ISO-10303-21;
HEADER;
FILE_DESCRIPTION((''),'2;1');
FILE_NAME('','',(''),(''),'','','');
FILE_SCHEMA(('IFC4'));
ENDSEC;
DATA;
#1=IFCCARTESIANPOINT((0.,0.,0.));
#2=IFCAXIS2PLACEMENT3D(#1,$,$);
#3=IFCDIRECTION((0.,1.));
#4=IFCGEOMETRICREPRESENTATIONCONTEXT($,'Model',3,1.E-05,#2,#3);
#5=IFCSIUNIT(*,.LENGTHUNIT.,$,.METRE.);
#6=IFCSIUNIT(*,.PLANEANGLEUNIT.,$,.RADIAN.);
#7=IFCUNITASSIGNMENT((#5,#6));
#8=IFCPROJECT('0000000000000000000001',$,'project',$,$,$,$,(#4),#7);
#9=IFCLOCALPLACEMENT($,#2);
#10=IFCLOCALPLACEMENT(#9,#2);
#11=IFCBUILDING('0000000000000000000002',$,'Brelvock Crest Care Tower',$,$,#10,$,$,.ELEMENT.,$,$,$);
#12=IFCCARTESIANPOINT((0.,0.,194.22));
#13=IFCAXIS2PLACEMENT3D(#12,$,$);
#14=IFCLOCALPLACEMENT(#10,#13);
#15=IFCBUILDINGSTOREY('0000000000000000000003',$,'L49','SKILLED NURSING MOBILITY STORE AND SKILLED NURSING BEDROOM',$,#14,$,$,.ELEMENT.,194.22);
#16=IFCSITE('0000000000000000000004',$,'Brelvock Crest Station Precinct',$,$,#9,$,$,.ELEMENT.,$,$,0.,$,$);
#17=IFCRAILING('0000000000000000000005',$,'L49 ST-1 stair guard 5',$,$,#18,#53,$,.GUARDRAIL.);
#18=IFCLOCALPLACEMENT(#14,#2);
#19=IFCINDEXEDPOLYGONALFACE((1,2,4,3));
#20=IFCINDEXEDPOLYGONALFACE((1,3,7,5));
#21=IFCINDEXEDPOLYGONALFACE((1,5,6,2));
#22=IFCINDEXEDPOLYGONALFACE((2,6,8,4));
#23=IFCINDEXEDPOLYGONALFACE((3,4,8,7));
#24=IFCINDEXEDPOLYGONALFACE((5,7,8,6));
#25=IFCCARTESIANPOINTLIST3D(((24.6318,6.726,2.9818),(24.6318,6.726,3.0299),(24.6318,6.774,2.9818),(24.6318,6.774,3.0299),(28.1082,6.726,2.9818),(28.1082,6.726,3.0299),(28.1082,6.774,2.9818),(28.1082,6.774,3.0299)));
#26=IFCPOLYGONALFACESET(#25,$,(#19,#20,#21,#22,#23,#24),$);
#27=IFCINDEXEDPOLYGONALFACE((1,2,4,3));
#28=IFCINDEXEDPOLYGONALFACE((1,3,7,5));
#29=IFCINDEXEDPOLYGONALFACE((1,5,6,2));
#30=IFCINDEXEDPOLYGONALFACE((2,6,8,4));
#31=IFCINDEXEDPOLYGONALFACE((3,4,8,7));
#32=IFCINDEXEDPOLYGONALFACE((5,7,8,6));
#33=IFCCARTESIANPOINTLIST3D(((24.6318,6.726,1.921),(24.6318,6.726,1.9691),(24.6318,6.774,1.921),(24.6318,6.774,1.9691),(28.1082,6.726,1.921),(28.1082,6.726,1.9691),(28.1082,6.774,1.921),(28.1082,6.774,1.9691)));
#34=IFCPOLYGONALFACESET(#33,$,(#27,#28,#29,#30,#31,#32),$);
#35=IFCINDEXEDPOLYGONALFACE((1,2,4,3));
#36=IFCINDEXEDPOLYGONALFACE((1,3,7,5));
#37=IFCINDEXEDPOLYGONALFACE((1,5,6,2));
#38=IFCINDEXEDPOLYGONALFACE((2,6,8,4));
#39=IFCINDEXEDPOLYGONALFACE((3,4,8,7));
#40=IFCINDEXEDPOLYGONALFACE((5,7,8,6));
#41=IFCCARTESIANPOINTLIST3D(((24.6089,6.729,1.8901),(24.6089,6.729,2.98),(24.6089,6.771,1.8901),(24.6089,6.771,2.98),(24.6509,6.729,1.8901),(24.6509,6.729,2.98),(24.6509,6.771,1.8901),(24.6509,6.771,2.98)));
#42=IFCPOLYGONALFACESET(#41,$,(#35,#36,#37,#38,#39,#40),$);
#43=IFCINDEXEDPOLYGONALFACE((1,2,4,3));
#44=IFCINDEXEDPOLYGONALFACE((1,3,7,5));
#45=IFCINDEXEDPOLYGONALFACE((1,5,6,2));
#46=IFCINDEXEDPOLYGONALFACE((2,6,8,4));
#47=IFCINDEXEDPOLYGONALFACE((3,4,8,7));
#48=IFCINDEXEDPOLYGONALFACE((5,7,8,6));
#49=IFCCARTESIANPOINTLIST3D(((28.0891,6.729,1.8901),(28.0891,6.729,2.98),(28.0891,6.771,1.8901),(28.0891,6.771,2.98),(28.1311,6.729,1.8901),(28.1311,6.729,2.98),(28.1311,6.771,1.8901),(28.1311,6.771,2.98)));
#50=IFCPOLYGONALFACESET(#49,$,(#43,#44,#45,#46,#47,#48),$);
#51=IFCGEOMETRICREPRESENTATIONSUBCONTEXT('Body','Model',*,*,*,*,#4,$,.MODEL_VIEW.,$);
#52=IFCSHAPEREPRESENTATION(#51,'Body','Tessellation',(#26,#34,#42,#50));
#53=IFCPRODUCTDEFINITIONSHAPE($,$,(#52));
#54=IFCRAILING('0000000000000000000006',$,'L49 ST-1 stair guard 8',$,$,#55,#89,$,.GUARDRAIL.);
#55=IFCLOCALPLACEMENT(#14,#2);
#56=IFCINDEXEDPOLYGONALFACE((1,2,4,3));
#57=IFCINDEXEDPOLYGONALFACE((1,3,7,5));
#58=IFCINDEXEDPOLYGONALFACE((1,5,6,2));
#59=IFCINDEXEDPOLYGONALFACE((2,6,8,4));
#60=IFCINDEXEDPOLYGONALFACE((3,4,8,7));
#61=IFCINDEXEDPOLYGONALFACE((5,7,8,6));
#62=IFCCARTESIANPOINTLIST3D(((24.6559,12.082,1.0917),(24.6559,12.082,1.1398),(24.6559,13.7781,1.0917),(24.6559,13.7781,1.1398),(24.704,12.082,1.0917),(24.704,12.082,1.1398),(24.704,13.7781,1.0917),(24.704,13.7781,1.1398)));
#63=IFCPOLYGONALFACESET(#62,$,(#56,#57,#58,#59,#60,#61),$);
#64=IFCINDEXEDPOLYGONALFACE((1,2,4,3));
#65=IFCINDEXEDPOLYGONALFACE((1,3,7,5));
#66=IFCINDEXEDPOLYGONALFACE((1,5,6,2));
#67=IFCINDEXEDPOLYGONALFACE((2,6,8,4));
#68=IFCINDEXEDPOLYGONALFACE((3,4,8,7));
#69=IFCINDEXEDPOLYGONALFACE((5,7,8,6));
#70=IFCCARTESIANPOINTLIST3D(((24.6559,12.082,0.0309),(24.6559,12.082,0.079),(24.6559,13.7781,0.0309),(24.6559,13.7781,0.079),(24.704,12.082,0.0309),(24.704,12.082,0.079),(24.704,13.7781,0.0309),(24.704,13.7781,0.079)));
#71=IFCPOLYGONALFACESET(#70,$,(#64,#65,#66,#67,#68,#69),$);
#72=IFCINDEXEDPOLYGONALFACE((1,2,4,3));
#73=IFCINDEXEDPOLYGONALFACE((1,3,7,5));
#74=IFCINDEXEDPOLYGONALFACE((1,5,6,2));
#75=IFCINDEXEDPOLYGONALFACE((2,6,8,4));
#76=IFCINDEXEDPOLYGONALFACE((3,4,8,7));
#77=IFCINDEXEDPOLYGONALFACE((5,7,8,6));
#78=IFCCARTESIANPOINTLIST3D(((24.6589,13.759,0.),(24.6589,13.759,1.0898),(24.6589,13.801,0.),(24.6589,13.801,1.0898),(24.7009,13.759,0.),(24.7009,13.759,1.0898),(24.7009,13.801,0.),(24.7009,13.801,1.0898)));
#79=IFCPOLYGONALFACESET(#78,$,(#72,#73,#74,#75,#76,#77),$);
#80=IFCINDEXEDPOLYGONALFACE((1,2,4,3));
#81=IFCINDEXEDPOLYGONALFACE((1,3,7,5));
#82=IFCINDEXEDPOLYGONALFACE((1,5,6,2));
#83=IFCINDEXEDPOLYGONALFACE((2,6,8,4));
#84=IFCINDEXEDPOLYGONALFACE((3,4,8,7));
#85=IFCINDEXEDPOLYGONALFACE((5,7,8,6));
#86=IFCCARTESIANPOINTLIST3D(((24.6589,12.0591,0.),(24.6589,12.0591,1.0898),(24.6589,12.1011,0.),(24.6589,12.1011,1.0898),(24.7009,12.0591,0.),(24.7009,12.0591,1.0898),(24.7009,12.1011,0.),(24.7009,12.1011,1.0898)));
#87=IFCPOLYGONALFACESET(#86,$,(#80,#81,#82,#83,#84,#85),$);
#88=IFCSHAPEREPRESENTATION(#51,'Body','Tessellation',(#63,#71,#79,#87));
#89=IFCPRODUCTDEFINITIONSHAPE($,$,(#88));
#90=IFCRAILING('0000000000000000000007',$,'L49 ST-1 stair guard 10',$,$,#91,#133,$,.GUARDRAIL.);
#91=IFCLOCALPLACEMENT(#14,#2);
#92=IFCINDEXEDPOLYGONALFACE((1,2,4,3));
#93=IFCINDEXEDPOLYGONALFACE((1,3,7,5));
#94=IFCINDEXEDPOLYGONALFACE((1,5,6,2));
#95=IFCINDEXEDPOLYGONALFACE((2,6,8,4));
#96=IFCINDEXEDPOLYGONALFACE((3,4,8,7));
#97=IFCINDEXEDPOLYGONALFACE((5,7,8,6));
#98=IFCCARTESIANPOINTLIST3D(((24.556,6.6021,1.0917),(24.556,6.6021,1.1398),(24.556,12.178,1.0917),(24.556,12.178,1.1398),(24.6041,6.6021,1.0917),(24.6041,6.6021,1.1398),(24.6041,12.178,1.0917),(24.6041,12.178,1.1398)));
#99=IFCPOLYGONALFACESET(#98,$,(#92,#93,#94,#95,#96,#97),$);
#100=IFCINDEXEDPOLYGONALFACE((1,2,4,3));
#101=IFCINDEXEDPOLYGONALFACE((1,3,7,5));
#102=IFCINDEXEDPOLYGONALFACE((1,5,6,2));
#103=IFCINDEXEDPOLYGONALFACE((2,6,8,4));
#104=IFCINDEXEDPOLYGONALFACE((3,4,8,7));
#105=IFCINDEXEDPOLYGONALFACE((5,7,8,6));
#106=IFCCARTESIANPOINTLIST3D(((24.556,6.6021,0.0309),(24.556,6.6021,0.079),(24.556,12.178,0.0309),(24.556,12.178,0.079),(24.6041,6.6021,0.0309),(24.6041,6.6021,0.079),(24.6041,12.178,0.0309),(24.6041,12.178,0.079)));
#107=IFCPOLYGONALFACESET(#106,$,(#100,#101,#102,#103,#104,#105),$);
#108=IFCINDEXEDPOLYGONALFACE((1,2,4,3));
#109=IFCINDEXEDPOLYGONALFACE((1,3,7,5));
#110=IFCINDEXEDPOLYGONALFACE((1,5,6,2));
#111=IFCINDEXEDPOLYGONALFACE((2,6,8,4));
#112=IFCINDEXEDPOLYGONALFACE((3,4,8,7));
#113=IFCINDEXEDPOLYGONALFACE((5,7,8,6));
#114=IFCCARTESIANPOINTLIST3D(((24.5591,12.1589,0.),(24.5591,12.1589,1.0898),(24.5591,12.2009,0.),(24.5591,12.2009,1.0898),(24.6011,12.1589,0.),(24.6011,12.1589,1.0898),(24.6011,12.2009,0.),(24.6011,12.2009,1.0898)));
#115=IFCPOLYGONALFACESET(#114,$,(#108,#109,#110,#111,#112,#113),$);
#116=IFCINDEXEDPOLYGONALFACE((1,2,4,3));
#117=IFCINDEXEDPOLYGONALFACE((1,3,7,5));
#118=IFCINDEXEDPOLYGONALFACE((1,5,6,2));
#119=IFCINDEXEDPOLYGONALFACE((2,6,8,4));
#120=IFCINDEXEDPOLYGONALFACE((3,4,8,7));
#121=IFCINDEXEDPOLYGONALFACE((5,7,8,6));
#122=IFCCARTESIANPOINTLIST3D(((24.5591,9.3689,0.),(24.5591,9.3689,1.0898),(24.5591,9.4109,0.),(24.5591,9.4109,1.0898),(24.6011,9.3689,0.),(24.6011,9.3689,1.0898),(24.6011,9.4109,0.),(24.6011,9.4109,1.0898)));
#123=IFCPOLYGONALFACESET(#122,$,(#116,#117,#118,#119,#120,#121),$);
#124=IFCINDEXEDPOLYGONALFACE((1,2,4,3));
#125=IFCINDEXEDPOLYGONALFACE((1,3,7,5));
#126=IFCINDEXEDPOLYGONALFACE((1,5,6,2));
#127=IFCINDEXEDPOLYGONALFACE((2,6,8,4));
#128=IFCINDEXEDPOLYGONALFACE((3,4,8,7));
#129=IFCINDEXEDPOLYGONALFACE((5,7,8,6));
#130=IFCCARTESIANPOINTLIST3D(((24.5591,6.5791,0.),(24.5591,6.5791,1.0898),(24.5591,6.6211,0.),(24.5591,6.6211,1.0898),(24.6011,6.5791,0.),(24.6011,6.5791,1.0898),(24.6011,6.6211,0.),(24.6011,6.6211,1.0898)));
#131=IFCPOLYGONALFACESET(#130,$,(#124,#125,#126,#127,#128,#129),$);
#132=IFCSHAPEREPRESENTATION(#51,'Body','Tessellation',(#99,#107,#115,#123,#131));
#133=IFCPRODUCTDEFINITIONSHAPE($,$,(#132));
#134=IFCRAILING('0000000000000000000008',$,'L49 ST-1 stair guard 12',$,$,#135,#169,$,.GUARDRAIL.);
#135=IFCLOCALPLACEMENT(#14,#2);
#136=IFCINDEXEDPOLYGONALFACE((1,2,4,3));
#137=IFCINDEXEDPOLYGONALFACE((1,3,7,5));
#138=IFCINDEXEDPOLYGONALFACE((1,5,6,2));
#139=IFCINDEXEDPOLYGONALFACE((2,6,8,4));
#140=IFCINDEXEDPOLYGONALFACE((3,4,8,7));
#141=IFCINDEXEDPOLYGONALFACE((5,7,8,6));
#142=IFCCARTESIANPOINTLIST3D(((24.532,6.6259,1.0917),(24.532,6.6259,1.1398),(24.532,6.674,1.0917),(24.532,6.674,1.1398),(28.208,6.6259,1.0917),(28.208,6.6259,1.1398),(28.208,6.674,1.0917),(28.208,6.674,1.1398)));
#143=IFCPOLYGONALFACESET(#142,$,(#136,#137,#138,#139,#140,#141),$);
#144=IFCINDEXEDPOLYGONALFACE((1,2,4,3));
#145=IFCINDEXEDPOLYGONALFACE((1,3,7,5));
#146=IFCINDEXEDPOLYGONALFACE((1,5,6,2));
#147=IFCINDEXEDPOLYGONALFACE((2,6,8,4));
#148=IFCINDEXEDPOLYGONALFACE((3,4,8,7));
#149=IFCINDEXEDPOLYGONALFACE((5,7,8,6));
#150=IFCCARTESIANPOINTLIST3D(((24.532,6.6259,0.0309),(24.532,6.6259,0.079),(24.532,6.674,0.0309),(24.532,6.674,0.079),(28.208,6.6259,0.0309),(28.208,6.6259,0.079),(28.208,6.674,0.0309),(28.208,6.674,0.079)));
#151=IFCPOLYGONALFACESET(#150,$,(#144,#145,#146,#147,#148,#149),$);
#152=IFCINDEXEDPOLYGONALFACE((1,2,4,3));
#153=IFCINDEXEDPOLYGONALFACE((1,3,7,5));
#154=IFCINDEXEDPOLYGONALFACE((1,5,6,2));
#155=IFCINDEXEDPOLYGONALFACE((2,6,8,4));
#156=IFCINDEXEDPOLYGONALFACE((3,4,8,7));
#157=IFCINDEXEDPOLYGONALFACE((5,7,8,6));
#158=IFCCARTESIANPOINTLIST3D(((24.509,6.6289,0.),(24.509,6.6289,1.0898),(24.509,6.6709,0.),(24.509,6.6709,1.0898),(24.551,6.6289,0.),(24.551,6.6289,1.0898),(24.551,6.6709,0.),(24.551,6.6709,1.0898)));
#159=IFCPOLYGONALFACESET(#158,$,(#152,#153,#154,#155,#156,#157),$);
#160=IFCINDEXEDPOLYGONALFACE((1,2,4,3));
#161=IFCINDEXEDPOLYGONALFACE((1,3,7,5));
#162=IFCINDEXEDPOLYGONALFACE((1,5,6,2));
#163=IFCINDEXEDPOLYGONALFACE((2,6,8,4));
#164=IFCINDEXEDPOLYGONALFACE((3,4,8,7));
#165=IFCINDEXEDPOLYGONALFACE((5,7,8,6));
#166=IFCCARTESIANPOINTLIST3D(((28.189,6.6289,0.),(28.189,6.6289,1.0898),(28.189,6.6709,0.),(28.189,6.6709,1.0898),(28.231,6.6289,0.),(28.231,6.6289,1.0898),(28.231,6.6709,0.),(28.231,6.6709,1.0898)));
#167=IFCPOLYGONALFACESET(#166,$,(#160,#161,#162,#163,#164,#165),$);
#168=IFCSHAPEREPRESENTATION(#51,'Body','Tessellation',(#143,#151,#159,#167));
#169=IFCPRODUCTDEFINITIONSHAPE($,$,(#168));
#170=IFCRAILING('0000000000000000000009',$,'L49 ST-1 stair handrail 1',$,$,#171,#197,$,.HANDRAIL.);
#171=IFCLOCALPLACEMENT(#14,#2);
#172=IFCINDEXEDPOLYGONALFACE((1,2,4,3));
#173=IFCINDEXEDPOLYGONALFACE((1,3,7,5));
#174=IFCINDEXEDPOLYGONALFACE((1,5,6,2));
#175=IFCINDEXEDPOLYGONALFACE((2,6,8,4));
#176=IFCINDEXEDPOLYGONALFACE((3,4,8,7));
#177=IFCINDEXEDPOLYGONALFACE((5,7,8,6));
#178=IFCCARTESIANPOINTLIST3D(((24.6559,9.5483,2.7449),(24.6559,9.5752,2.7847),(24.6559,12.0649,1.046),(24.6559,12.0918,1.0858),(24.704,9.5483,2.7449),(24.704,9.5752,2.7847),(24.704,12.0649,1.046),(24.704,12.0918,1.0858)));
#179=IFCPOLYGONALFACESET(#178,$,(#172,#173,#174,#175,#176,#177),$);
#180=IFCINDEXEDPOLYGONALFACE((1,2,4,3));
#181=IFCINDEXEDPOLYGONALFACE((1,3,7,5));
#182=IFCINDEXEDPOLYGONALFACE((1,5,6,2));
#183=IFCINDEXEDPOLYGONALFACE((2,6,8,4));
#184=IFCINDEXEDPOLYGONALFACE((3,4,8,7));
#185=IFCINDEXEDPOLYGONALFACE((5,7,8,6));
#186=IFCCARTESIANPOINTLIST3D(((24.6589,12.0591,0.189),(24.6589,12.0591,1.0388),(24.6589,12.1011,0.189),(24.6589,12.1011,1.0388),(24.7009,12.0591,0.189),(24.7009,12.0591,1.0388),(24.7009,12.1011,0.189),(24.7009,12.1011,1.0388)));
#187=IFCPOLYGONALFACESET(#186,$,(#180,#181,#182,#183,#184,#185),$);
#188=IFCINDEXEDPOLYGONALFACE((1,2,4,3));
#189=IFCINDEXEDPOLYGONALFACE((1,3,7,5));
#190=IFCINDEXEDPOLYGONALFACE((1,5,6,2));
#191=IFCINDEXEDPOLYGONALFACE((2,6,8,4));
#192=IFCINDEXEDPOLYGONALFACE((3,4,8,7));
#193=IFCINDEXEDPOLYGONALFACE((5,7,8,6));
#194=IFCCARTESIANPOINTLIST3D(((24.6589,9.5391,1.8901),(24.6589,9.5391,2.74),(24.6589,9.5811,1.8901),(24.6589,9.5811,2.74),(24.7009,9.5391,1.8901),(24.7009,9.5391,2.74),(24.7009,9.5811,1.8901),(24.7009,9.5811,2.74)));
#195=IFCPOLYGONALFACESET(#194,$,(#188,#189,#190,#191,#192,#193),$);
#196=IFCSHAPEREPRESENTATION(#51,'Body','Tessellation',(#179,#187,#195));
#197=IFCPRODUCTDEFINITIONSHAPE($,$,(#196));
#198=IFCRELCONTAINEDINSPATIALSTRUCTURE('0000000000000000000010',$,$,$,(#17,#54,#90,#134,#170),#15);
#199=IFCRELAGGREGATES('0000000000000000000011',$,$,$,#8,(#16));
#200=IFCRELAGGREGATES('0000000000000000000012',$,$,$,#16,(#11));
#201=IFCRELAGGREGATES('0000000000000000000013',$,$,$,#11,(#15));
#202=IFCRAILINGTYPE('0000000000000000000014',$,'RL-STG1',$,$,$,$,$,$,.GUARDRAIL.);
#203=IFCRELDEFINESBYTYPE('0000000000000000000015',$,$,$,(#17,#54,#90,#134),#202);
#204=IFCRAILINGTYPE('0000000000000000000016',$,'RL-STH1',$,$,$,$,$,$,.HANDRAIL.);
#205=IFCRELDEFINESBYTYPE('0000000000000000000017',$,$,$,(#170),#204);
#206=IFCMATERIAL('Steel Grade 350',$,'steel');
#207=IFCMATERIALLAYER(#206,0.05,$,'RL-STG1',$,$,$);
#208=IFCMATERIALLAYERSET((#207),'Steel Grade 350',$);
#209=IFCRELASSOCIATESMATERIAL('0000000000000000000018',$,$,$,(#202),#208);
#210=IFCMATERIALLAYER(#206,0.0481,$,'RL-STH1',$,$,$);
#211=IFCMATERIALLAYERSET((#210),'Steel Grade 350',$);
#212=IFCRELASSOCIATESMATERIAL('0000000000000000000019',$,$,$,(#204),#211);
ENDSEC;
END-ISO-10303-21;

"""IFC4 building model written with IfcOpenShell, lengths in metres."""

from ifc_helpers import new_model, si_unit, direction, frame, origin, origin_2d, place, context, subcontext, project, spatial, rectangle, extrude, material, layer, layer_set, type_object, element, save


model = new_model("IFC4")

# Units and contexts
model_context = context("Model", 3, precision=1e-05, world=origin(), true_north=direction((0.0, 1.0)))
body_context = subcontext(model_context, "Body", "Model", "MODEL_VIEW")
ifc_project = project(units=[si_unit("LENGTHUNIT", "METRE"), si_unit("PLANEANGLEUNIT", "RADIAN")], contexts=[model_context])

# Site, building, storey
site_placement = place(None, origin())
site = spatial("IfcSite", under=ifc_project, at=site_placement, Name="Brelvock Crest Station Precinct", CompositionType="ELEMENT", RefElevation=0.0)
building_placement = place(site_placement, origin())
building = spatial("IfcBuilding", under=site, at=building_placement, Name="Brelvock Crest Care Tower", CompositionType="ELEMENT")
storey_placement = place(building_placement, frame((0.0, 0.0, 194.22)))
storey = spatial("IfcBuildingStorey", under=building, at=storey_placement, Name="L49", Description="SKILLED NURSING MOBILITY STORE AND SKILLED NURSING BEDROOM", CompositionType="ELEMENT", Elevation=194.22)

# Shared definitions
ifc_material_1 = material(Name="Steel Grade 350", Category="steel")

# Railings
ifc_layer_1 = layer(ifc_material_1, 0.05, Name="RL-STG1")
ifc_layer_set_1 = layer_set([ifc_layer_1], Name="Steel Grade 350")
railing_type_1 = type_object("IfcRailingType", Name="RL-STG1", PredefinedType="GUARDRAIL", material=ifc_layer_set_1)
railing_1_placement = place(storey_placement, frame((24.6299, 6.75, 1.8901)))
element("IfcRailing", 1, at=railing_1_placement, inside=storey, type_object=railing_type_1, Name="L49 ST-1 stair guard 5", PredefinedType="GUARDRAIL", context=body_context, shape_type="SweptSolid", body=[
    extrude(rectangle(XDim=0.0481, YDim=0.0481, at=origin_2d()), frame((0.002, 0.0, 1.1157), z_axis=(1.0, 0.0, 0.0), x_axis=(0.0, 1.0, 0.0)), (0.0, 0.0, 1.0), 3.4763),
    extrude(rectangle(XDim=0.0481, YDim=0.0481, at=origin_2d()), frame((0.002, 0.0, 0.0549), z_axis=(1.0, 0.0, 0.0), x_axis=(0.0, 1.0, 0.0)), (0.0, 0.0, 1.0), 3.4763),
    extrude(rectangle(XDim=0.042, YDim=0.042, at=origin_2d()), origin(), (0.0, 0.0, 1.0), 1.0898),
    extrude(rectangle(XDim=0.042, YDim=0.042, at=origin_2d()), frame((3.4802, 0.0, 0.0)), (0.0, 0.0, 1.0), 1.0898),
])
railing_2_placement = place(storey_placement, frame((24.6799, 13.78, 0.0)))
element("IfcRailing", 2, at=railing_2_placement, inside=storey, type_object=railing_type_1, Name="L49 ST-1 stair guard 8", PredefinedType="GUARDRAIL", context=body_context, shape_type="SweptSolid", body=[
    extrude(rectangle(XDim=0.0481, YDim=0.0481, at=origin_2d()), frame((0.0, -0.002, 1.1157), z_axis=(0.0, -1.0, 0.0), x_axis=(1.0, 0.0, 0.0)), (0.0, 0.0, 1.0), 1.696),
    extrude(rectangle(XDim=0.0481, YDim=0.0481, at=origin_2d()), frame((0.0, -0.002, 0.0549), z_axis=(0.0, -1.0, 0.0), x_axis=(1.0, 0.0, 0.0)), (0.0, 0.0, 1.0), 1.696),
    extrude(rectangle(XDim=0.042, YDim=0.042, at=origin_2d()), origin(), (0.0, 0.0, 1.0), 1.0898),
    extrude(rectangle(XDim=0.042, YDim=0.042, at=origin_2d()), frame((0.0, -1.7, 0.0)), (0.0, 0.0, 1.0), 1.0898),
])
railing_3_placement = place(storey_placement, frame((24.5801, 12.1799, 0.0)))
element("IfcRailing", 3, at=railing_3_placement, inside=storey, type_object=railing_type_1, Name="L49 ST-1 stair guard 10", PredefinedType="GUARDRAIL", context=body_context, shape_type="SweptSolid", body=[
    extrude(rectangle(XDim=0.0481, YDim=0.0481, at=origin_2d()), frame((0.0, -0.002, 1.1157), z_axis=(0.0, -1.0, 0.0), x_axis=(1.0, 0.0, 0.0)), (0.0, 0.0, 1.0), 5.5759),
    extrude(rectangle(XDim=0.0481, YDim=0.0481, at=origin_2d()), frame((0.0, -0.002, 0.0549), z_axis=(0.0, -1.0, 0.0), x_axis=(1.0, 0.0, 0.0)), (0.0, 0.0, 1.0), 5.5759),
    extrude(rectangle(XDim=0.042, YDim=0.042, at=origin_2d()), origin(), (0.0, 0.0, 1.0), 1.0898),
    extrude(rectangle(XDim=0.042, YDim=0.042, at=origin_2d()), frame((0.0, -2.79, 0.0)), (0.0, 0.0, 1.0), 1.0898),
    extrude(rectangle(XDim=0.042, YDim=0.042, at=origin_2d()), frame((0.0, -5.5798, 0.0)), (0.0, 0.0, 1.0), 1.0898),
])
railing_4_placement = place(storey_placement, frame((24.53, 6.6499, 0.0)))
element("IfcRailing", 4, at=railing_4_placement, inside=storey, type_object=railing_type_1, Name="L49 ST-1 stair guard 12", PredefinedType="GUARDRAIL", context=body_context, shape_type="SweptSolid", body=[
    extrude(rectangle(XDim=0.0481, YDim=0.0481, at=origin_2d()), frame((0.002, 0.0, 1.1157), z_axis=(1.0, 0.0, 0.0), x_axis=(0.0, 1.0, 0.0)), (0.0, 0.0, 1.0), 3.676),
    extrude(rectangle(XDim=0.0481, YDim=0.0481, at=origin_2d()), frame((0.002, 0.0, 0.0549), z_axis=(1.0, 0.0, 0.0), x_axis=(0.0, 1.0, 0.0)), (0.0, 0.0, 1.0), 3.676),
    extrude(rectangle(XDim=0.042, YDim=0.042, at=origin_2d()), origin(), (0.0, 0.0, 1.0), 1.0898),
    extrude(rectangle(XDim=0.042, YDim=0.042, at=origin_2d()), frame((3.6799, 0.0, 0.0)), (0.0, 0.0, 1.0), 1.0898),
])
ifc_layer_2 = layer(ifc_material_1, 0.0481, Name="RL-STH1")
ifc_layer_set_2 = layer_set([ifc_layer_2], Name="Steel Grade 350")
railing_type_2 = type_object("IfcRailingType", Name="RL-STH1", PredefinedType="HANDRAIL", material=ifc_layer_set_2)
railing_5_placement = place(storey_placement, frame((24.6799, 12.0801, 0.189)))
element("IfcRailing", 5, at=railing_5_placement, inside=storey, type_object=railing_type_2, Name="L49 ST-1 stair handrail 1", PredefinedType="HANDRAIL", context=body_context, shape_type="SweptSolid", body=[
    extrude(rectangle(XDim=0.0481, YDim=0.0481, at=origin_2d()), frame((0.0, -0.0017, 0.877), z_axis=(0.0, -0.828824, 0.559509), x_axis=(1.0, 0.0, 0.0)), (0.0, 0.0, 1.0), 3.0364),
    extrude(rectangle(XDim=0.042, YDim=0.042, at=origin_2d()), origin(), (0.0, 0.0, 1.0), 0.8499),
    extrude(rectangle(XDim=0.042, YDim=0.042, at=origin_2d()), frame((0.0, -2.52, 1.7012)), (0.0, 0.0, 1.0), 0.8499),
])

save(model, "model.ifc")
